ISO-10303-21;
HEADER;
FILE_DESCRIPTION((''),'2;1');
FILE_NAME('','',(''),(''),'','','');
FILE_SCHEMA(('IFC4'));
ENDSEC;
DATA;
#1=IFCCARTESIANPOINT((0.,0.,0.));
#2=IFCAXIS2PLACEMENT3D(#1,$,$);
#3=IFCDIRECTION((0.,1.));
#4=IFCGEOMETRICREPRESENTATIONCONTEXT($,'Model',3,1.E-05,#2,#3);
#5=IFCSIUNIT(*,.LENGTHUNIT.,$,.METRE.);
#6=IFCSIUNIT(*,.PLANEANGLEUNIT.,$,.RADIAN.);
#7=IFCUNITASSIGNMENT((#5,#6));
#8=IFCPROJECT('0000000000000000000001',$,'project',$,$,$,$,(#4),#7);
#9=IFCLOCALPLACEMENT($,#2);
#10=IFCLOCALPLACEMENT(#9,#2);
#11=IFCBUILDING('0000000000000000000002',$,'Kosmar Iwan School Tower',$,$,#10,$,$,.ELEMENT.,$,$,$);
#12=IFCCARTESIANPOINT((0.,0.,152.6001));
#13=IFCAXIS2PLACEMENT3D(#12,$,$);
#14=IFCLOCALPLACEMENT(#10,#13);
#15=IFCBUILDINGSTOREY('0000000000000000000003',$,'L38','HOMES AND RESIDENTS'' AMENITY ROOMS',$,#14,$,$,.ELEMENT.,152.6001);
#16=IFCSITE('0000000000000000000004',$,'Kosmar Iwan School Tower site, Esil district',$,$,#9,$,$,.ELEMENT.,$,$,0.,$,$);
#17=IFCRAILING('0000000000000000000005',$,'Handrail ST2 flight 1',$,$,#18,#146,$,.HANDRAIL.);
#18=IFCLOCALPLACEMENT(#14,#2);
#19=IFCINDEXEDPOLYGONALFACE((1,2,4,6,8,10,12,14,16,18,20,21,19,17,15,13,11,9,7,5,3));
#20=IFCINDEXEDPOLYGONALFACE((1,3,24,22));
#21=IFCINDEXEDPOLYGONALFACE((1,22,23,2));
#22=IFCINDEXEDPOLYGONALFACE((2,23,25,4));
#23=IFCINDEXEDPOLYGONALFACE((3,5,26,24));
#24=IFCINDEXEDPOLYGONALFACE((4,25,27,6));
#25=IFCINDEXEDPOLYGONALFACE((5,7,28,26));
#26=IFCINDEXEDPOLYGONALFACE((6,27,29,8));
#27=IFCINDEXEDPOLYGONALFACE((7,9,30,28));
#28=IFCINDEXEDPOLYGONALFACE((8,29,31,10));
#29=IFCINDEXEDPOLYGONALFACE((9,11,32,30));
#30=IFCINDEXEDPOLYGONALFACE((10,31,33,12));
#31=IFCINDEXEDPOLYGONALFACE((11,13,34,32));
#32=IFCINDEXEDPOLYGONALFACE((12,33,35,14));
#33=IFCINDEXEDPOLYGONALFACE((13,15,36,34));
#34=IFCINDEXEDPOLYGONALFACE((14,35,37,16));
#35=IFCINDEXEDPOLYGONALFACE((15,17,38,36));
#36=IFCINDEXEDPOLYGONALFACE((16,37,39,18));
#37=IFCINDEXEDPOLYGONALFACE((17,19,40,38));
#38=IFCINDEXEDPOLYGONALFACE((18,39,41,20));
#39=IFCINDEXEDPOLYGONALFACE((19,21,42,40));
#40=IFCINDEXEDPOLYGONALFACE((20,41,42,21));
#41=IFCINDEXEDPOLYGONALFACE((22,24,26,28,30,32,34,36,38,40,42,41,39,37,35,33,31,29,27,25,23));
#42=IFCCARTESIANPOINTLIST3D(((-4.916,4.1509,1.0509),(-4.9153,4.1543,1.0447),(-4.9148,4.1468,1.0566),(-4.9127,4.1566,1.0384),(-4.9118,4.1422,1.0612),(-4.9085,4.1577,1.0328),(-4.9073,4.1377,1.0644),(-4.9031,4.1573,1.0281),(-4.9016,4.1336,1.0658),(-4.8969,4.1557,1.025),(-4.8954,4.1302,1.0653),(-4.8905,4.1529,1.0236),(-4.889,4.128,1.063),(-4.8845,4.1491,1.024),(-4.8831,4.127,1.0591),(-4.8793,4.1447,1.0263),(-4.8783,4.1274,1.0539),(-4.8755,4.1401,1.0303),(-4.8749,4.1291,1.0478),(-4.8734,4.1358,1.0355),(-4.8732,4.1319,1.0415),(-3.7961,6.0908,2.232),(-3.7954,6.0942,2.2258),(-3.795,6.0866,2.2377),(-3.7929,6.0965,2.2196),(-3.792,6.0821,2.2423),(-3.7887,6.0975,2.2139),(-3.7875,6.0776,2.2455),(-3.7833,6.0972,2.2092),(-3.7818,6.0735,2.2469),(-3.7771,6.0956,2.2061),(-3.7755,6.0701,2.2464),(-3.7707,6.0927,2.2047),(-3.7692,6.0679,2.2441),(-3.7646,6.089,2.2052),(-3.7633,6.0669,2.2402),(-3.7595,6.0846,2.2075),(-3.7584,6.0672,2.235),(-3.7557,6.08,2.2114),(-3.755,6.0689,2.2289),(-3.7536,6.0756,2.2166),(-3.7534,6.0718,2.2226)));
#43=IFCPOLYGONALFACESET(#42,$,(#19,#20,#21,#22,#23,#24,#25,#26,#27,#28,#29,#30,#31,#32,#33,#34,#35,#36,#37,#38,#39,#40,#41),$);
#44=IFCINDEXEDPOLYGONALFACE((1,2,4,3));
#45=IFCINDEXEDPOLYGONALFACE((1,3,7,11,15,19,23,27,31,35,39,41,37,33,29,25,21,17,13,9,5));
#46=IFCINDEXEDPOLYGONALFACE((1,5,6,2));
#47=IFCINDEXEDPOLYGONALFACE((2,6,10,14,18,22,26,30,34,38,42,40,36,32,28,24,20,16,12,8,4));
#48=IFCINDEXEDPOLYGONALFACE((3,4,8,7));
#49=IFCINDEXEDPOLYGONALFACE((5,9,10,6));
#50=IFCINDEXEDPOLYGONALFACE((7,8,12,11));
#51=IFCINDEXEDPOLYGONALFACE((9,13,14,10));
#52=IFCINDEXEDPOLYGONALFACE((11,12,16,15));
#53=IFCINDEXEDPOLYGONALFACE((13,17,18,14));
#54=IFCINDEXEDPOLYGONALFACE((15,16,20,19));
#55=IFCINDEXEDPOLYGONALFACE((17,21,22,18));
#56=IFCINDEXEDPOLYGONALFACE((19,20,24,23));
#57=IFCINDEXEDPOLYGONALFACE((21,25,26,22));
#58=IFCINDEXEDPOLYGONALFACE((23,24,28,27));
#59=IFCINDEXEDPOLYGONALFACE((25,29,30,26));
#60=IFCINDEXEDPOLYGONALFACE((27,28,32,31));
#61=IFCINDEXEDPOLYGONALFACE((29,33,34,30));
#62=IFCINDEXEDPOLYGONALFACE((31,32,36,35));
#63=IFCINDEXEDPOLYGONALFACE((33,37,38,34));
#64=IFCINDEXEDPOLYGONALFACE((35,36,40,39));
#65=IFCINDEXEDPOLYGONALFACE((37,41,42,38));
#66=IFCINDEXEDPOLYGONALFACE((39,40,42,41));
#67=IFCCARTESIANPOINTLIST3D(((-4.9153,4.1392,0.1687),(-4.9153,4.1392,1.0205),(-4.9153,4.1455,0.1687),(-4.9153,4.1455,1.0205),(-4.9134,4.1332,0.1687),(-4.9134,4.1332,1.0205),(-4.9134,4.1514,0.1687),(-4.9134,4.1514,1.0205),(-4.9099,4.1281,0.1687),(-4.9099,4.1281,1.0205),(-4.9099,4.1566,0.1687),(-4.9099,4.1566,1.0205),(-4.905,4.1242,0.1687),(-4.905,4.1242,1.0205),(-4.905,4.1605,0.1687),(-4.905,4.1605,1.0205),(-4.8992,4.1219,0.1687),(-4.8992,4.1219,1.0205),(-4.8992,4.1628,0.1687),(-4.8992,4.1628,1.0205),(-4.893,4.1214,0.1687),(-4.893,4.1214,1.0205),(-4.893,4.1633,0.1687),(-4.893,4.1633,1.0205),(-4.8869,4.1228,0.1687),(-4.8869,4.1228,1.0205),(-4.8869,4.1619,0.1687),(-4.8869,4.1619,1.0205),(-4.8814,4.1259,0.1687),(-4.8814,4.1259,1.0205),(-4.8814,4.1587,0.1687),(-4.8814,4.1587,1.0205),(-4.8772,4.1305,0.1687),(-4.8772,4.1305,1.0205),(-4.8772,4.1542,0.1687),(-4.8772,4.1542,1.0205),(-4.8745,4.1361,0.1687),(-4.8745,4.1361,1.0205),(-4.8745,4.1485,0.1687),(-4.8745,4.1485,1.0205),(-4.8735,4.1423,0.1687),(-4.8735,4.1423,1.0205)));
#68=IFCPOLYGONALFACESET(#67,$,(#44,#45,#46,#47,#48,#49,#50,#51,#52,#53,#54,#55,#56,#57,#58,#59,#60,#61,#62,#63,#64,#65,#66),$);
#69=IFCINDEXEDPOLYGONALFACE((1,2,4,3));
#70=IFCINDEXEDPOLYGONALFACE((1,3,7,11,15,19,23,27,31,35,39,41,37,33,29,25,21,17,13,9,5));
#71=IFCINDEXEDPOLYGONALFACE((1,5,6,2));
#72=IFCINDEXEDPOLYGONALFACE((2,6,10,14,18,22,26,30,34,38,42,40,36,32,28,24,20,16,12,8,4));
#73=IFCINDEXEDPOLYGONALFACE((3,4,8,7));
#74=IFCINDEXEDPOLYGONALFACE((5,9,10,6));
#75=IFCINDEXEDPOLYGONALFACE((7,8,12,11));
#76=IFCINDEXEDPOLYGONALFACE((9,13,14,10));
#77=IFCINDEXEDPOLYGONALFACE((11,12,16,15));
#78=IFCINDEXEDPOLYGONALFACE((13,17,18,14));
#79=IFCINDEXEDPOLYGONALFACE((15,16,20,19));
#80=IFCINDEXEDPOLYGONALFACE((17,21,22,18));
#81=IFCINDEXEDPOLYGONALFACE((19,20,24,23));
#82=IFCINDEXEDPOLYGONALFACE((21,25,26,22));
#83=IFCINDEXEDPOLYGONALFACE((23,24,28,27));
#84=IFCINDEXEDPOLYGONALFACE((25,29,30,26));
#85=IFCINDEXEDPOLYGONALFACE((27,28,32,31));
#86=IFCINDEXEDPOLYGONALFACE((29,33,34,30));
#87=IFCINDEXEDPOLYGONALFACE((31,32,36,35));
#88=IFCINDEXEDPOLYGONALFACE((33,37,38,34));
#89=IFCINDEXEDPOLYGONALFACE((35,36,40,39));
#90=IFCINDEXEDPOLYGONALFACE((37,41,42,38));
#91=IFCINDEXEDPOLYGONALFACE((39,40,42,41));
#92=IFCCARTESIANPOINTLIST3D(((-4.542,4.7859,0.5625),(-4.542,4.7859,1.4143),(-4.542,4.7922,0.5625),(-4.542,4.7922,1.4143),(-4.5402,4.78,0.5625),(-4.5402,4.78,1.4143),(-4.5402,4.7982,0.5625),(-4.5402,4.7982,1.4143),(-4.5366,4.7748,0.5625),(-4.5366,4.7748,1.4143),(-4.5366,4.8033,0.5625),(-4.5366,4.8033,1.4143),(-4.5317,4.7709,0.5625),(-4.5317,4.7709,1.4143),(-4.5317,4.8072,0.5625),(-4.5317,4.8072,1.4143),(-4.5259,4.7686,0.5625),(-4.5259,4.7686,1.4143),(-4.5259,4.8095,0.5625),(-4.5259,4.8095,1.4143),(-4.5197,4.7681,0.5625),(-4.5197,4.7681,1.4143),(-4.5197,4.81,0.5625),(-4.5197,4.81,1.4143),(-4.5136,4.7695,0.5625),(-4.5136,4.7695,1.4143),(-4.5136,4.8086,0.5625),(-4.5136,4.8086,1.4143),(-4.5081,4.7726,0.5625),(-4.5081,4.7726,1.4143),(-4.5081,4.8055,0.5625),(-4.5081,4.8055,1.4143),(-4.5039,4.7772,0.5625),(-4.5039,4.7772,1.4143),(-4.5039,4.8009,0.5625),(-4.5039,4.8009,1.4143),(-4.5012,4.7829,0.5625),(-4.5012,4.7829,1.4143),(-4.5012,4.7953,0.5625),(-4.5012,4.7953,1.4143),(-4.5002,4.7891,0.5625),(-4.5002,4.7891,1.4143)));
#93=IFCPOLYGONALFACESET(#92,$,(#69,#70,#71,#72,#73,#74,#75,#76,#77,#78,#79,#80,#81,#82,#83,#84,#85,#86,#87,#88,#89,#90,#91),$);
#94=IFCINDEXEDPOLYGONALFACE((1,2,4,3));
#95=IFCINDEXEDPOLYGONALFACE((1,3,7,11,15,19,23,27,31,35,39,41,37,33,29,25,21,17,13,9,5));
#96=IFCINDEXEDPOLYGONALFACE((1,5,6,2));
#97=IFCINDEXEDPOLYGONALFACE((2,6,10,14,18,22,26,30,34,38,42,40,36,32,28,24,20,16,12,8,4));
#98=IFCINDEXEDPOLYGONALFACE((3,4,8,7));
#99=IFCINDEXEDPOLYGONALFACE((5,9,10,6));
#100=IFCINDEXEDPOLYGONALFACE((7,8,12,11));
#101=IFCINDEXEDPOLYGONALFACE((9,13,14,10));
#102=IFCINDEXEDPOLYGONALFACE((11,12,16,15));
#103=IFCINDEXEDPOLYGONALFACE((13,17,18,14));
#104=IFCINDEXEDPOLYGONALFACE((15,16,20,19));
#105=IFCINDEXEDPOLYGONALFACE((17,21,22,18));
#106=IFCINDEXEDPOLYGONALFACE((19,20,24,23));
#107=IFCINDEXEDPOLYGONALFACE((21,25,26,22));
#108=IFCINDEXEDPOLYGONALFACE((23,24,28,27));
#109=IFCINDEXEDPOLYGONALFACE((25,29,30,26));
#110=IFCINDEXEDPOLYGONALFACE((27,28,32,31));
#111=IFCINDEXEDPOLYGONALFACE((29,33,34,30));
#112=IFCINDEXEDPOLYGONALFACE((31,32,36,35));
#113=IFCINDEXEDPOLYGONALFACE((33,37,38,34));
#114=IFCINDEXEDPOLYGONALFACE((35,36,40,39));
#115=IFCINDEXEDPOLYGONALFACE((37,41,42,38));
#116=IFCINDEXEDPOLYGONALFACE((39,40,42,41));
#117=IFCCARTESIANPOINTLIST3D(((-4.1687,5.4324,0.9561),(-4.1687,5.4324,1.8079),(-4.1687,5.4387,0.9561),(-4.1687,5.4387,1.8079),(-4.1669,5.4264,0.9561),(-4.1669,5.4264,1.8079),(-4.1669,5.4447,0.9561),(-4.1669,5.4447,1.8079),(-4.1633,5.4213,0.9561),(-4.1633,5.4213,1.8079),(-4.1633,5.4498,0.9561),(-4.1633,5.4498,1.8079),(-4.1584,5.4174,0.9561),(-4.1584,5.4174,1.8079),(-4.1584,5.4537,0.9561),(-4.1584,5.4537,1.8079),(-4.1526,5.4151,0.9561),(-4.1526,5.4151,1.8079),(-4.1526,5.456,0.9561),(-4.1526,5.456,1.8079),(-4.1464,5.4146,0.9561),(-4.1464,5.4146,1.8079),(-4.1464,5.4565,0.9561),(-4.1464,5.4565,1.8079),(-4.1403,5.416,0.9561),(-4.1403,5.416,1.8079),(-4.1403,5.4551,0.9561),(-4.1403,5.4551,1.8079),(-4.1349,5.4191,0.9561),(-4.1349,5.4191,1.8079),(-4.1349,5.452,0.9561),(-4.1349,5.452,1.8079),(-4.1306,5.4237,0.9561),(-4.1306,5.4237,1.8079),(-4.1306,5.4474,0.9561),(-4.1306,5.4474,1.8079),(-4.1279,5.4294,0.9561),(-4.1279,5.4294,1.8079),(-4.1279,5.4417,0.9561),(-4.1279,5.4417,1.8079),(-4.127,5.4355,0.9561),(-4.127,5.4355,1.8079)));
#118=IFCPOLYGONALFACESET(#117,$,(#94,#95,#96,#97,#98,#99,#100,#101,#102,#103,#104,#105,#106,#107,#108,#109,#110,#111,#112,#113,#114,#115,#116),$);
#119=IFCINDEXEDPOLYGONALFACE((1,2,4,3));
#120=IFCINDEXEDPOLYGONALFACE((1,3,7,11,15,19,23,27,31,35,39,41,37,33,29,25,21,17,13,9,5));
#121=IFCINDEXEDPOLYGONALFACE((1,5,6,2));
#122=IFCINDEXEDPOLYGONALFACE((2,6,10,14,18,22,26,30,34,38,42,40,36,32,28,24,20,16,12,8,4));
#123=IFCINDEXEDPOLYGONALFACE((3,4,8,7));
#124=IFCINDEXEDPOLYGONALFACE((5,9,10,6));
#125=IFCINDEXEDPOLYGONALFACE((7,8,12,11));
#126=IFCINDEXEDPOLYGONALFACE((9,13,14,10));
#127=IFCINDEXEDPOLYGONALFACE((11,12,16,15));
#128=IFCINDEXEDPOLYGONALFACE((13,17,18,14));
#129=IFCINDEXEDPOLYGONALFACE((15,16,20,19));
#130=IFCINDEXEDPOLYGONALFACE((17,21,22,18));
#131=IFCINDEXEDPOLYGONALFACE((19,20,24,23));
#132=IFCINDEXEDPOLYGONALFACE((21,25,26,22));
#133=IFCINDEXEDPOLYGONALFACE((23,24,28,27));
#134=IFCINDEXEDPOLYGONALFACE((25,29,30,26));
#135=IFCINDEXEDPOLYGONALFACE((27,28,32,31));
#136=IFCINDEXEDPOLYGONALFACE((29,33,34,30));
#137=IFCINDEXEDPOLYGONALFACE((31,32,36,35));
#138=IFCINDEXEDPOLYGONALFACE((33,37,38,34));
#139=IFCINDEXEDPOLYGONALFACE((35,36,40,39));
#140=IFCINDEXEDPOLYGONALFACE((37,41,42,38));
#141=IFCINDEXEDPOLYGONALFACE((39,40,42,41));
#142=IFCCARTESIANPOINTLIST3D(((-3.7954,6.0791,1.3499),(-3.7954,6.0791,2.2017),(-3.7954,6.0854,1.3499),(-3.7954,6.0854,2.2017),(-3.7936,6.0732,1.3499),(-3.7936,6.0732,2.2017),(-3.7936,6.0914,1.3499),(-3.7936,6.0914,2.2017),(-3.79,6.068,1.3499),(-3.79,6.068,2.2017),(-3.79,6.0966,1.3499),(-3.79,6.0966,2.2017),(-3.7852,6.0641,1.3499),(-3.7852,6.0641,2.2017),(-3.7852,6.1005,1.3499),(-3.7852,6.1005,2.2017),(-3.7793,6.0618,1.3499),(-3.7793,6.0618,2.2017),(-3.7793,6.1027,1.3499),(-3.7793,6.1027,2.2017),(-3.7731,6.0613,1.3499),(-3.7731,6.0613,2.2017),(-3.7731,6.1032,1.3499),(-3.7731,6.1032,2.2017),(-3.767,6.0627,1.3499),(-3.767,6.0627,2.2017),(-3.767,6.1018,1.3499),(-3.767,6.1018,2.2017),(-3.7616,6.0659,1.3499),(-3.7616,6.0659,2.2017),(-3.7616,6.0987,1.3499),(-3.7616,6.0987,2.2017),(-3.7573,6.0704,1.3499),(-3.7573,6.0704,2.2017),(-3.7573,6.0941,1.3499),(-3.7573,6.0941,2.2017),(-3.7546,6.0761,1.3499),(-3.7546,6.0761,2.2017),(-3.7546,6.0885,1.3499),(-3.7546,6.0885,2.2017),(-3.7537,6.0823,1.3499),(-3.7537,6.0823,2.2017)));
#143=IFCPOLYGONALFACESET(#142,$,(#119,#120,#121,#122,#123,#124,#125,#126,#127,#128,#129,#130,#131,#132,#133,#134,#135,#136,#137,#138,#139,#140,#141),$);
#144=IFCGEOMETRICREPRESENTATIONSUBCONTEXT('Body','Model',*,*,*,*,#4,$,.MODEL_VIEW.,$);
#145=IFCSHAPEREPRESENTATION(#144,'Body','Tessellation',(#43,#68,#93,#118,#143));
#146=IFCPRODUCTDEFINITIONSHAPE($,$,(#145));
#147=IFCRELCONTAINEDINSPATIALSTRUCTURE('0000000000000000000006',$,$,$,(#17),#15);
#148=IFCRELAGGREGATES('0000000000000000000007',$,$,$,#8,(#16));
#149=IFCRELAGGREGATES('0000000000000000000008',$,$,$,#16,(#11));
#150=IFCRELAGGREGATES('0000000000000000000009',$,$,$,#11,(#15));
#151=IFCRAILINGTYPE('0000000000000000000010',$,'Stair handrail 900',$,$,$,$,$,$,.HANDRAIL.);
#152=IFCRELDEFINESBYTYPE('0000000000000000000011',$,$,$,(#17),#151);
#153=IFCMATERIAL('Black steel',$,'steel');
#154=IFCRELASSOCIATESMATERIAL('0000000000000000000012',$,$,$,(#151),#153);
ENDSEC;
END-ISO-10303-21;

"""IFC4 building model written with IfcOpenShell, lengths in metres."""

from ifc_helpers import new_model, si_unit, direction, frame, origin, origin_2d, place, context, subcontext, project, spatial, circle, extrude, material, type_object, element, save


model = new_model("IFC4")

# Units and contexts
model_context = context("Model", 3, precision=1e-05, world=origin(), true_north=direction((0.0, 1.0)))
body_context = subcontext(model_context, "Body", "Model", "MODEL_VIEW")
ifc_project = project(units=[si_unit("LENGTHUNIT", "METRE"), si_unit("PLANEANGLEUNIT", "RADIAN")], contexts=[model_context])

# Site, building, storey
site_placement = place(None, origin())
site = spatial("IfcSite", under=ifc_project, at=site_placement, Name="Kosmar Iwan School Tower site, Esil district", CompositionType="ELEMENT", RefElevation=0.0)
building_placement = place(site_placement, origin())
building = spatial("IfcBuilding", under=site, at=building_placement, Name="Kosmar Iwan School Tower", CompositionType="ELEMENT")
storey_placement = place(building_placement, frame((0.0, 0.0, 152.6001)))
storey = spatial("IfcBuildingStorey", under=building, at=storey_placement, Name="L38", Description="HOMES AND RESIDENTS' AMENITY ROOMS", CompositionType="ELEMENT", Elevation=152.6001)

# Railing
ifc_material_1 = material(Name="Black steel", Category="steel")
railing_type = type_object("IfcRailingType", Name="Stair handrail 900", PredefinedType="HANDRAIL", material=ifc_material_1)
railing_1_placement = place(storey_placement, frame((-4.8945, 4.1423, 0.1687)))
element("IfcRailing", 1, at=railing_1_placement, inside=storey, type_object=railing_type, Name="Handrail ST2 flight 1", PredefinedType="HANDRAIL", context=body_context, shape_type="SweptSolid", body=[
    extrude(circle(Radius=0.0239, at=origin_2d()), frame((0.0, 0.0, 0.876), z_axis=(0.442233, 0.766075, 0.466432), x_axis=(-0.866055, 0.499949, 0.0)), (0.0, 0.0, 1.0), 2.5322),
    extrude(circle(Radius=0.021, at=origin_2d()), origin(), (0.0, 0.0, 1.0), 0.8518),
    extrude(circle(Radius=0.021, at=origin_2d()), frame((0.3733, 0.6467, 0.3938)), (0.0, 0.0, 1.0), 0.8518),
    extrude(circle(Radius=0.021, at=origin_2d()), frame((0.7466, 1.2932, 0.7874)), (0.0, 0.0, 1.0), 0.8518),
    extrude(circle(Radius=0.021, at=origin_2d()), frame((1.1199, 1.9399, 1.1812)), (0.0, 0.0, 1.0), 0.8518),
])

save(model, "model.ifc")
